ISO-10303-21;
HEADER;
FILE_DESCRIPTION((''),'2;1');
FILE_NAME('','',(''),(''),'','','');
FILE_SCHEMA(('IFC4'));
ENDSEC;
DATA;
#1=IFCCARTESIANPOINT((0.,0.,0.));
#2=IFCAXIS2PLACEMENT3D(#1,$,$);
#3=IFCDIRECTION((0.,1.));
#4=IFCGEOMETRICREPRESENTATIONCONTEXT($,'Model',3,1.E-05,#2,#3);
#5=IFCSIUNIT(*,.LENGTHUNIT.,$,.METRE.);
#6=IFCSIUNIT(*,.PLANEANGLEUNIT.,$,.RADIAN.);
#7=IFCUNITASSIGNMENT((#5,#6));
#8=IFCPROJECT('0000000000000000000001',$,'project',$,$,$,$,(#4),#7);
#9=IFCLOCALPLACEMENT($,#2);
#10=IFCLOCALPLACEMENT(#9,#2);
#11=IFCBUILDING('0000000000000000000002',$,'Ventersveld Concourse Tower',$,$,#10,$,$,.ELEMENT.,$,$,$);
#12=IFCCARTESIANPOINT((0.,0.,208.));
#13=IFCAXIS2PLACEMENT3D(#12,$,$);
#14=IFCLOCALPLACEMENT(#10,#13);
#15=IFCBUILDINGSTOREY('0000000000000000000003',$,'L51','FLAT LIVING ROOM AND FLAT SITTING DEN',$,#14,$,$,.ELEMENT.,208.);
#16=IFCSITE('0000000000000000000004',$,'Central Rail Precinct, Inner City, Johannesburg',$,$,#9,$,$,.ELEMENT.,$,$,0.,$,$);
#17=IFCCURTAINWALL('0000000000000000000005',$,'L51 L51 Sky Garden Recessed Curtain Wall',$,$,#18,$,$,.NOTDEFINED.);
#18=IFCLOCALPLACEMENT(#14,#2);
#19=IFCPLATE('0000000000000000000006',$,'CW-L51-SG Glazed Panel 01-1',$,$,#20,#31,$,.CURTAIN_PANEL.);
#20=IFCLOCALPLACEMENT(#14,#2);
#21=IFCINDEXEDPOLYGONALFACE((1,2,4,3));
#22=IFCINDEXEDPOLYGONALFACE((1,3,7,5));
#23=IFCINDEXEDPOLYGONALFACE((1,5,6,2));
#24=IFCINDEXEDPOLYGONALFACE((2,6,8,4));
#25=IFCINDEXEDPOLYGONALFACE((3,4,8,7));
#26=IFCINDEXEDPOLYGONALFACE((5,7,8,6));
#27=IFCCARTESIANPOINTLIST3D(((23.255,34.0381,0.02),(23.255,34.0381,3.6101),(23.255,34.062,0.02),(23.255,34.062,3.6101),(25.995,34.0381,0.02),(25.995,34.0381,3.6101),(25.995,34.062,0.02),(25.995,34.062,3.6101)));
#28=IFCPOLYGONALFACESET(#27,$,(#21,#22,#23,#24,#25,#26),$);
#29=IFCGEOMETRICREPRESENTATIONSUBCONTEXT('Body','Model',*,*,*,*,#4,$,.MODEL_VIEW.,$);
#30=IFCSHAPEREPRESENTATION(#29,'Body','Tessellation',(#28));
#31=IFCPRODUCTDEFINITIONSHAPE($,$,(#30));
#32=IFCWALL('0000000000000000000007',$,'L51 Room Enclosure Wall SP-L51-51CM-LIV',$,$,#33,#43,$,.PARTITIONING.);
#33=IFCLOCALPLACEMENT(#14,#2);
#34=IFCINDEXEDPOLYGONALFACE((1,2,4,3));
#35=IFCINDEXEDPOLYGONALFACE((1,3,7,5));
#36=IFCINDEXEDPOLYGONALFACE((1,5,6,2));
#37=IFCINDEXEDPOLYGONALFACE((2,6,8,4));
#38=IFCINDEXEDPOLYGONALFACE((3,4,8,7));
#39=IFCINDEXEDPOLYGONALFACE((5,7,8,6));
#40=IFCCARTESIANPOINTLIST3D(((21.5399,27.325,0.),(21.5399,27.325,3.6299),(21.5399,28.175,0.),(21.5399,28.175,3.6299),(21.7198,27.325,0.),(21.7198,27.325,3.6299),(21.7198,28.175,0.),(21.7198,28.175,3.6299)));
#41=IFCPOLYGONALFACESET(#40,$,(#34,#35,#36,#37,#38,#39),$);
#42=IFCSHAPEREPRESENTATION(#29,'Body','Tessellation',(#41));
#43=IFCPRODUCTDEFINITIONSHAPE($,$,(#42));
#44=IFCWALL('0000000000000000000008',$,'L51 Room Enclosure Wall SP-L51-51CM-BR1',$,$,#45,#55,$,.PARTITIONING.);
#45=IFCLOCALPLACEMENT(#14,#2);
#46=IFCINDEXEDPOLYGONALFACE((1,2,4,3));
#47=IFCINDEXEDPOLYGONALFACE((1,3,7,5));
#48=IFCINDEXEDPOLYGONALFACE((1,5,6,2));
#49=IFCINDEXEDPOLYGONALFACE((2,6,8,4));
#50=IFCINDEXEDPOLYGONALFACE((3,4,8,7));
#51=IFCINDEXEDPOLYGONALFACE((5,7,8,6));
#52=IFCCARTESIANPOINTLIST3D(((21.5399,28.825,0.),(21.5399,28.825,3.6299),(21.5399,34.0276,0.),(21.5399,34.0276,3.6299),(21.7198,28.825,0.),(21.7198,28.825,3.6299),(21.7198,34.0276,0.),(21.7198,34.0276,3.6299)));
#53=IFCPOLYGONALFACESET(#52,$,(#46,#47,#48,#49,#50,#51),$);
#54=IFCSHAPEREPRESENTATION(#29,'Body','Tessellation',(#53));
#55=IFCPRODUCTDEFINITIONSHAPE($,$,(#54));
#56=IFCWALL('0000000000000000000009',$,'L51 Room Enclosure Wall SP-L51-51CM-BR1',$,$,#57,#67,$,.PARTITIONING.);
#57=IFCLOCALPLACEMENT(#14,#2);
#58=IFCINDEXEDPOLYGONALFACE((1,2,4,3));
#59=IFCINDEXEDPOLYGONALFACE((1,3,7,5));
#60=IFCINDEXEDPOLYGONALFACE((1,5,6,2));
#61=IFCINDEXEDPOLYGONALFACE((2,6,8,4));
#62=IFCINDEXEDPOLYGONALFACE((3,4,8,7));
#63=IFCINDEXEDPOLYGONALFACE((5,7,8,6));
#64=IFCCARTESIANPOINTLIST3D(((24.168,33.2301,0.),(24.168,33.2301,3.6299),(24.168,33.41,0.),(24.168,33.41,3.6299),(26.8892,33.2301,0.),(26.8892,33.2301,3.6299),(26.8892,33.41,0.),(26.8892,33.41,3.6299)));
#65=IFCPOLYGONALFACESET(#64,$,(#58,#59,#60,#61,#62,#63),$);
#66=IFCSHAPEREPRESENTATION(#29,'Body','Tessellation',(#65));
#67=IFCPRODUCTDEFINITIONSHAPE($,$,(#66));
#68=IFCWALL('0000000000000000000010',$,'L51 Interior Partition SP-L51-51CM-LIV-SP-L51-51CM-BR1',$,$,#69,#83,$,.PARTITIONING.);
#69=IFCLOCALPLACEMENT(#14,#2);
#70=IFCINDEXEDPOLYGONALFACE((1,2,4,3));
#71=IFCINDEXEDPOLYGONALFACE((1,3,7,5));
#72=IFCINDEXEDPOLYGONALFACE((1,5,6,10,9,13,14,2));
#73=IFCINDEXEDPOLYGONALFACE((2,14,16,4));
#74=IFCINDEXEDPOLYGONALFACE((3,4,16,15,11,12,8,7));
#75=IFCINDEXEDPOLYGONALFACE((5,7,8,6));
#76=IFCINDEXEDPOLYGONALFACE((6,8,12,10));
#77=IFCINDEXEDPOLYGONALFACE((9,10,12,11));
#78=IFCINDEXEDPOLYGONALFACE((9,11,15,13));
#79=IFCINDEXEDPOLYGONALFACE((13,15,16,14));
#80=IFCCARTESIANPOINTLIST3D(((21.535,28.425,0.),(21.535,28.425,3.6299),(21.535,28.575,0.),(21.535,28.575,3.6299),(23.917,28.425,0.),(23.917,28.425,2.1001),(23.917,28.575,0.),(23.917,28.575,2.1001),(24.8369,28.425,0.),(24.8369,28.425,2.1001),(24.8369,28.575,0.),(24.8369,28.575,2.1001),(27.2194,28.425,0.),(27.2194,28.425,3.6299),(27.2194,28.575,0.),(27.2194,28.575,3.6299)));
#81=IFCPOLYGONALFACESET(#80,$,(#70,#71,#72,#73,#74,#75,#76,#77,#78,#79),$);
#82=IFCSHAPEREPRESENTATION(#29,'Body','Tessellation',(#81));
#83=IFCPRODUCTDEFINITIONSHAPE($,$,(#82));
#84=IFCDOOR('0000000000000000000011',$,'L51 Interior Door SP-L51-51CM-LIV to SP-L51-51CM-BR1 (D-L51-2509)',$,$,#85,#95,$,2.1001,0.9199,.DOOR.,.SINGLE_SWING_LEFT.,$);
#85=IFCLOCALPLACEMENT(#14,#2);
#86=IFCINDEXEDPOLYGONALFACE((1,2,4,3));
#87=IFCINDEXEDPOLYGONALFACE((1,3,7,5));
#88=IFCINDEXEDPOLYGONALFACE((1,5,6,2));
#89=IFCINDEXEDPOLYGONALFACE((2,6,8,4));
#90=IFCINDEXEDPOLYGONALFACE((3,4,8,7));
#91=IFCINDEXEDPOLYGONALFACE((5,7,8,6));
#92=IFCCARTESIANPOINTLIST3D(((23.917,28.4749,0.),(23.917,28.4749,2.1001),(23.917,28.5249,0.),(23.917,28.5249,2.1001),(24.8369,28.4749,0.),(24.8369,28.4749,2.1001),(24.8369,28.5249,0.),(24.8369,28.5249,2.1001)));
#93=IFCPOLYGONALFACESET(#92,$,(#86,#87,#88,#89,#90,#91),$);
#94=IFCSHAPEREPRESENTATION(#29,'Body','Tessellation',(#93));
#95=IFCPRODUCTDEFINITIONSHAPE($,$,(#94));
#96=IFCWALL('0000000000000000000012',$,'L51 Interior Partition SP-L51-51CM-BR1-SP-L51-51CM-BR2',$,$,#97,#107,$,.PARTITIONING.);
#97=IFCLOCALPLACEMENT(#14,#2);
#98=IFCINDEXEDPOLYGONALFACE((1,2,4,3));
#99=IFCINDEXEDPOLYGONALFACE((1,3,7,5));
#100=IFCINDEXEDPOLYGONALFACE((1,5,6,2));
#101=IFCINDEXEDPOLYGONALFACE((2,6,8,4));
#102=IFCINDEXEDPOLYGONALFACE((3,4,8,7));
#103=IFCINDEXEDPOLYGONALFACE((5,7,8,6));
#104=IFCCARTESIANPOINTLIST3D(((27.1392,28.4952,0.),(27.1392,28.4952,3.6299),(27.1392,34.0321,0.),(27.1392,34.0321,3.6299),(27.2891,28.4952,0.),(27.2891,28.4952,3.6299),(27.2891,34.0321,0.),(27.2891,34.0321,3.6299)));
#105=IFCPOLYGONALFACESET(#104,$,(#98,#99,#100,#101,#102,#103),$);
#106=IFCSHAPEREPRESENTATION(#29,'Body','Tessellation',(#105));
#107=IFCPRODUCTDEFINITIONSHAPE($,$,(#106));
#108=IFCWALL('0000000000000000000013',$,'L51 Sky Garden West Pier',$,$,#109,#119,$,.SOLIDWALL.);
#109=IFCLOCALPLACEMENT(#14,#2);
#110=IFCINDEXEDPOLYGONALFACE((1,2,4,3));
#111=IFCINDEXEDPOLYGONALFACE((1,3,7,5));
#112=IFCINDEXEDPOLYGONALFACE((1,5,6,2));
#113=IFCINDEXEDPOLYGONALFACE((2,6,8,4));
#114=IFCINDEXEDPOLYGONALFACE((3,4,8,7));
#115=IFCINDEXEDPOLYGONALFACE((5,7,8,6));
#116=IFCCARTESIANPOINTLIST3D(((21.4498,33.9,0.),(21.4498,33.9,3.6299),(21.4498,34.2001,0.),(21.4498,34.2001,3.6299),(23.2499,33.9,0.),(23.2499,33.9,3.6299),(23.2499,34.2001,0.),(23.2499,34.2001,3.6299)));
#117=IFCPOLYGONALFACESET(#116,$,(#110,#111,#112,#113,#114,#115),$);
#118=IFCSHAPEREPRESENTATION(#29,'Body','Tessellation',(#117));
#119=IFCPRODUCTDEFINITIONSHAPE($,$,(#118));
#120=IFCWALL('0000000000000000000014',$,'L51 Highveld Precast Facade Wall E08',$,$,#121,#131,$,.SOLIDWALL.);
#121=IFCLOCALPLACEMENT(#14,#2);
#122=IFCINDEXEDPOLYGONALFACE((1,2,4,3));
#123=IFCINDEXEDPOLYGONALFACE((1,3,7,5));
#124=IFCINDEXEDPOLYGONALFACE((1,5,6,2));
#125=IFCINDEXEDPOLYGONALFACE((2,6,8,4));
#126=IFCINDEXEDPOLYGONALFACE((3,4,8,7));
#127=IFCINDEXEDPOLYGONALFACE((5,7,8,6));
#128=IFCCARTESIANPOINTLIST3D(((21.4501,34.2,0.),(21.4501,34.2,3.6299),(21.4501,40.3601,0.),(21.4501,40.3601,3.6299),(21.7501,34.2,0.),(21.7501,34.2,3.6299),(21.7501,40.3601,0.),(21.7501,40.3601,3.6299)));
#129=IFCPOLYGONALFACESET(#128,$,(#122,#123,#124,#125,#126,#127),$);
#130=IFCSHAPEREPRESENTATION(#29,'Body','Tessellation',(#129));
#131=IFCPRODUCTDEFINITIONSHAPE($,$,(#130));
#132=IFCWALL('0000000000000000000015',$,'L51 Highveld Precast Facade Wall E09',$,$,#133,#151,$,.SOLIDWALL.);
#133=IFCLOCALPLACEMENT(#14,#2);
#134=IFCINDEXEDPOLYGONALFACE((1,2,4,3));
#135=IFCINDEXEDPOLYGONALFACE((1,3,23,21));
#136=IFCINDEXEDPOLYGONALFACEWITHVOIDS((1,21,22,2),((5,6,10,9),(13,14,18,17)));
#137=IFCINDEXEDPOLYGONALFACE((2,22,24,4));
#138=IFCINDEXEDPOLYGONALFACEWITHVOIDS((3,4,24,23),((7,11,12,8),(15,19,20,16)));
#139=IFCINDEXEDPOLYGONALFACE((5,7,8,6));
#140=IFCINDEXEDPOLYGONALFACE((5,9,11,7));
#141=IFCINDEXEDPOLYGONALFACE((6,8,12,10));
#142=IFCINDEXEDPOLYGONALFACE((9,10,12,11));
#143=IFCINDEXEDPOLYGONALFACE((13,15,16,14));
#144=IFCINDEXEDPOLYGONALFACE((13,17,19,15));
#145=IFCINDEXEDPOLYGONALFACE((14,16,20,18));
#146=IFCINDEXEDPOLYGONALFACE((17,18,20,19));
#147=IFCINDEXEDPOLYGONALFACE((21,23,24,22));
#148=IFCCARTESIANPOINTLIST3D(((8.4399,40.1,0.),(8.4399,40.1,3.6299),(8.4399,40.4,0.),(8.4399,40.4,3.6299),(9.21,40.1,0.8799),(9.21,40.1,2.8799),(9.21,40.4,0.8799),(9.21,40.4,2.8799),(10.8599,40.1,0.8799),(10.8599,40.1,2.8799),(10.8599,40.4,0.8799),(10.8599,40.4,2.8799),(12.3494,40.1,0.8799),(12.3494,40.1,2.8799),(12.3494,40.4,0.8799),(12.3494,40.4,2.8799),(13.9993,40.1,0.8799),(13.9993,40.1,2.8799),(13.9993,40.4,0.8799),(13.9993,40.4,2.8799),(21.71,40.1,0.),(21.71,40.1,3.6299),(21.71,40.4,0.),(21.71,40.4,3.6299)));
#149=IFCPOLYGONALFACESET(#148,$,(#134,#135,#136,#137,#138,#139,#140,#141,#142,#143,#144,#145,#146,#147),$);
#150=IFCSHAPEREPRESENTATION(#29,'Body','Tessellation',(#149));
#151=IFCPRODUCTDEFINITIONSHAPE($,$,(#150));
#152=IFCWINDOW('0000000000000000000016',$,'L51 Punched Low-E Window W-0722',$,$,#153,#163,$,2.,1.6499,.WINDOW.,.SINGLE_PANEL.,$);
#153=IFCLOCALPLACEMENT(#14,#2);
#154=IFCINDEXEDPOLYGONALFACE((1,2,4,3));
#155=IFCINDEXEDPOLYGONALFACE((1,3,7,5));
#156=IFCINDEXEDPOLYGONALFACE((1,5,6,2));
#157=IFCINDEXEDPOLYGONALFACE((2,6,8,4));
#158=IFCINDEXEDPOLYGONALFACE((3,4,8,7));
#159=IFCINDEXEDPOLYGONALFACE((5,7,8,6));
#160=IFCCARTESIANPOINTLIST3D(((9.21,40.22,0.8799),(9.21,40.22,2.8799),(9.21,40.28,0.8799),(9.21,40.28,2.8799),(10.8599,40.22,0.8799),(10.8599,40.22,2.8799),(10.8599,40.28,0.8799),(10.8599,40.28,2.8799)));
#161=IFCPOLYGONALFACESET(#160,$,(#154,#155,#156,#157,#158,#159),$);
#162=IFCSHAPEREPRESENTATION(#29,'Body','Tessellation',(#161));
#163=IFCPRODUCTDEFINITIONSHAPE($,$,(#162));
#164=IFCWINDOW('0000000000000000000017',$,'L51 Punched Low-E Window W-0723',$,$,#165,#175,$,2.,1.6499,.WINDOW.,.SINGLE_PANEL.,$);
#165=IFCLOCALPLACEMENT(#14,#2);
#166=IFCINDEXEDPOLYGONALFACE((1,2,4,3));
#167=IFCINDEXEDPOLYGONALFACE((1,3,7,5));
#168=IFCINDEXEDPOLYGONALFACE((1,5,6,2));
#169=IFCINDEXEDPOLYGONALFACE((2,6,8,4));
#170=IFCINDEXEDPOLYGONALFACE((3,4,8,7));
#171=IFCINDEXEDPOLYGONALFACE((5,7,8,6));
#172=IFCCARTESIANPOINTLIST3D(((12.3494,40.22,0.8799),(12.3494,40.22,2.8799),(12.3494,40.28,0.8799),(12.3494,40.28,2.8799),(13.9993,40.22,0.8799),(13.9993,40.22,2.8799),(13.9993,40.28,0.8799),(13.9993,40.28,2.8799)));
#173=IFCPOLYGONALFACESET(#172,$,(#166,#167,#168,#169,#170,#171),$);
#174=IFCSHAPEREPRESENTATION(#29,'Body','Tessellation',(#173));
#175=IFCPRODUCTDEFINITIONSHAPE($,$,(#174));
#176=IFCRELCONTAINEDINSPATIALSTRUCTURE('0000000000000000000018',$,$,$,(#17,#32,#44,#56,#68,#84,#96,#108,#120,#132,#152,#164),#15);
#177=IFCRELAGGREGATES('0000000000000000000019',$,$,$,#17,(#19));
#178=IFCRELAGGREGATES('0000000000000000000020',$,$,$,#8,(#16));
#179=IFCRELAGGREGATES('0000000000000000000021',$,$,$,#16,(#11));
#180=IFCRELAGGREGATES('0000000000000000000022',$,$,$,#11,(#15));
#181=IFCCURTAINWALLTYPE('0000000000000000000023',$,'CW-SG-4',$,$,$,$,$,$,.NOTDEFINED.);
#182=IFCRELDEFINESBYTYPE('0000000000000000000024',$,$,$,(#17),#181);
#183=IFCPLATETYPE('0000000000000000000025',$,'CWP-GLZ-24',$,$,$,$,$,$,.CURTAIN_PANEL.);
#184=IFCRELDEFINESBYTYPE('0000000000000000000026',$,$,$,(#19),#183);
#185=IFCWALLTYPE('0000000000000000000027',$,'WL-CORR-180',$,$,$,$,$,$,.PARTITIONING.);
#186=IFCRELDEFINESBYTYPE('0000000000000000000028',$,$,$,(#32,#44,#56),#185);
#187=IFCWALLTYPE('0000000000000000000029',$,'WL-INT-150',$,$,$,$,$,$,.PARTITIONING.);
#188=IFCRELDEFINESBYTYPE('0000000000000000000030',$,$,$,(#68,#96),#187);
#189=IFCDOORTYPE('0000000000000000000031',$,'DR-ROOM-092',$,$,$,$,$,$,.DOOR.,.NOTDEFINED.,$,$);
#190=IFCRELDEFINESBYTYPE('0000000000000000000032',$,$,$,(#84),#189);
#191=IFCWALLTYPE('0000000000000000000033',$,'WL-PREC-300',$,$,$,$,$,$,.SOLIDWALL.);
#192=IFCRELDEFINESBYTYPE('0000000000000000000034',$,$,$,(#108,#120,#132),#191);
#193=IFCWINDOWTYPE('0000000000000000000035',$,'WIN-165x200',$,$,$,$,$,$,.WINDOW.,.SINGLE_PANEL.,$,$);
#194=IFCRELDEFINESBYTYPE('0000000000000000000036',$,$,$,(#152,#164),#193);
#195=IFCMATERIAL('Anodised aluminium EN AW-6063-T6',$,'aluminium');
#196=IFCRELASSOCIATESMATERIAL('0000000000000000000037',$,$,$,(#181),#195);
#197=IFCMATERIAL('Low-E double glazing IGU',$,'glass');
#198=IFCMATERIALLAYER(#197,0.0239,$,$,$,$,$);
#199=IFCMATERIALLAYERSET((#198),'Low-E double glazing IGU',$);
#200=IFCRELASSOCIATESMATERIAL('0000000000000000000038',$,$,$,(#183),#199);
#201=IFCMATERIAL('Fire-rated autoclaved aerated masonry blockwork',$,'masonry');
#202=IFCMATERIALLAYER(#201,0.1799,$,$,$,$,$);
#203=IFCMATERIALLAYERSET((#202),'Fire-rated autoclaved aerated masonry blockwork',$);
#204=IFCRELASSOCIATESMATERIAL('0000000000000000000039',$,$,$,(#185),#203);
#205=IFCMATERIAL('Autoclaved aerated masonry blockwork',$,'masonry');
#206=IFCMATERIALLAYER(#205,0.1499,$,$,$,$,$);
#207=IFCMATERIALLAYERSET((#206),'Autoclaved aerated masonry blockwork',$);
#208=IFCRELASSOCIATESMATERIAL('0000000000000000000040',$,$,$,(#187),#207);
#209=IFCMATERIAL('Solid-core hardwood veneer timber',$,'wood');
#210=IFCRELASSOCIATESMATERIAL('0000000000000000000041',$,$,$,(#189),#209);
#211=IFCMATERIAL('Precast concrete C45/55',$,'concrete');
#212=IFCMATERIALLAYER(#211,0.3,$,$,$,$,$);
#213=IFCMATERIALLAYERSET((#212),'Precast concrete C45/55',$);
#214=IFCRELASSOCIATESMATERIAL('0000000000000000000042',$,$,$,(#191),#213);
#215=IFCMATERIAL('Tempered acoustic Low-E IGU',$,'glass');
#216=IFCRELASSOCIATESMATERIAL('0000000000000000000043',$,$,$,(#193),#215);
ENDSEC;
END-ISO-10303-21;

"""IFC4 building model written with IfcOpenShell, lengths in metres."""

from ifc_helpers import new_model, si_unit, direction, frame, frame_2d, origin, origin_2d, place, context, subcontext, project, spatial, rectangle, extrude, material, layer, layer_set, type_object, element, fill, aggregate, save


model = new_model("IFC4")

# Units and contexts
model_context = context("Model", 3, precision=1e-05, world=origin(), true_north=direction((0.0, 1.0)))
body_context = subcontext(model_context, "Body", "Model", "MODEL_VIEW")
ifc_project = project(units=[si_unit("LENGTHUNIT", "METRE"), si_unit("PLANEANGLEUNIT", "RADIAN")], contexts=[model_context])

# Site, building, storey
site_placement = place(None, origin())
site = spatial("IfcSite", under=ifc_project, at=site_placement, Name="Central Rail Precinct, Inner City, Johannesburg", CompositionType="ELEMENT", RefElevation=0.0)
building_placement = place(site_placement, origin())
building = spatial("IfcBuilding", under=site, at=building_placement, Name="Ventersveld Concourse Tower", CompositionType="ELEMENT")
storey_placement = place(building_placement, frame((0.0, 0.0, 208.0)))
storey = spatial("IfcBuildingStorey", under=building, at=storey_placement, Name="L51", Description="FLAT LIVING ROOM AND FLAT SITTING DEN", CompositionType="ELEMENT", Elevation=208.0)

# Curtain wall
ifc_material_1 = material(Name="Anodised aluminium EN AW-6063-T6", Category="aluminium")
curtain_wall_type = type_object("IfcCurtainWallType", Name="CW-SG-4", PredefinedType="NOTDEFINED", material=ifc_material_1)
curtain_wall_placement = place(storey_placement, origin())
curtain_wall = element("IfcCurtainWall", 1, at=curtain_wall_placement, inside=storey, type_object=curtain_wall_type, Name="L51 L51 Sky Garden Recessed Curtain Wall", PredefinedType="NOTDEFINED")

# Plate
ifc_material_2 = material(Name="Low-E double glazing IGU", Category="glass")
ifc_layer_1 = layer(ifc_material_2, 0.0239)
ifc_layer_set_1 = layer_set([ifc_layer_1], Name="Low-E double glazing IGU")
plate_type = type_object("IfcPlateType", Name="CWP-GLZ-24", PredefinedType="CURTAIN_PANEL", material=ifc_layer_set_1)
plate_placement = place(storey_placement, frame((24.625, 34.05, 0.02), z_axis=(0.0, 0.0, 1.0), x_axis=(1.0, 0.0, 0.0)))
plate = element("IfcPlate", 2, at=plate_placement, type_object=plate_type, Name="CW-L51-SG Glazed Panel 01-1", PredefinedType="CURTAIN_PANEL", context=body_context, shape_type="SweptSolid", body=[
    extrude(rectangle(XDim=2.74, YDim=0.0239, at=origin_2d()), origin(), (0.0, 0.0, 1.0), 3.5901),
])
aggregate(curtain_wall, [plate])

# Walls
ifc_material_3 = material(Name="Fire-rated autoclaved aerated masonry blockwork", Category="masonry")
ifc_layer_2 = layer(ifc_material_3, 0.1799)
ifc_layer_set_2 = layer_set([ifc_layer_2], Name="Fire-rated autoclaved aerated masonry blockwork")
wall_type_1 = type_object("IfcWallType", Name="WL-CORR-180", PredefinedType="PARTITIONING", material=ifc_layer_set_2)
wall_1_placement = place(storey_placement, frame((21.6299, 27.325, 0.0), z_axis=(0.0, 0.0, 1.0), x_axis=(0.0, 1.0, 0.0)))
element("IfcWall", 3, at=wall_1_placement, inside=storey, type_object=wall_type_1, Name="L51 Room Enclosure Wall SP-L51-51CM-LIV", PredefinedType="PARTITIONING", context=body_context, shape_type="SweptSolid", body=[
    extrude(rectangle(XDim=0.8501, YDim=0.1799, at=frame_2d((0.425, 0.0))), origin(), (0.0, 0.0, 1.0), 3.6299),
])
wall_2_placement = place(storey_placement, frame((21.6299, 28.825, 0.0), z_axis=(0.0, 0.0, 1.0), x_axis=(0.0, 1.0, 0.0)))
element("IfcWall", 4, at=wall_2_placement, inside=storey, type_object=wall_type_1, Name="L51 Room Enclosure Wall SP-L51-51CM-BR1", PredefinedType="PARTITIONING", context=body_context, shape_type="SweptSolid", body=[
    extrude(rectangle(XDim=5.2026, YDim=0.1799, at=frame_2d((2.6013, 0.0))), origin(), (0.0, 0.0, 1.0), 3.6299),
])
wall_3_placement = place(storey_placement, frame((24.168, 33.3201, 0.0), z_axis=(0.0, 0.0, 1.0), x_axis=(1.0, 0.0, 0.0)))
element("IfcWall", 5, at=wall_3_placement, inside=storey, type_object=wall_type_1, Name="L51 Room Enclosure Wall SP-L51-51CM-BR1", PredefinedType="PARTITIONING", context=body_context, shape_type="SweptSolid", body=[
    extrude(rectangle(XDim=2.7212, YDim=0.1799, at=frame_2d((1.3606, 0.0))), origin(), (0.0, 0.0, 1.0), 3.6299),
])

# Wall, opening, door
ifc_material_4 = material(Name="Autoclaved aerated masonry blockwork", Category="masonry")
ifc_layer_3 = layer(ifc_material_4, 0.1499)
ifc_layer_set_3 = layer_set([ifc_layer_3], Name="Autoclaved aerated masonry blockwork")
wall_type_2 = type_object("IfcWallType", Name="WL-INT-150", PredefinedType="PARTITIONING", material=ifc_layer_set_3)
wall_4_placement = place(storey_placement, frame((21.5349, 28.5, 0.0), z_axis=(0.0, 0.0, 1.0), x_axis=(1.0, 0.0, 0.0)))
wall_4 = element("IfcWall", 6, at=wall_4_placement, inside=storey, type_object=wall_type_2, Name="L51 Interior Partition SP-L51-51CM-LIV-SP-L51-51CM-BR1", PredefinedType="PARTITIONING", context=body_context, shape_type="SweptSolid", body=[
    extrude(rectangle(XDim=5.6843, YDim=0.1499, at=frame_2d((2.8423, 0.0))), origin(), (0.0, 0.0, 1.0), 3.6299),
])
opening_1_placement = place(wall_4_placement, frame((2.3821, 0.0, 0.0)))
opening_1 = element("IfcOpeningElement", 7, at=opening_1_placement, cuts=wall_4, PredefinedType="OPENING", context=body_context, shape_type="SweptSolid", body=[
    extrude(rectangle(XDim=0.9199, YDim=2.1001, at=frame_2d((0.46, 1.05))), frame((0.0, 0.085, 0.0), z_axis=(0.0, -1.0, 0.0), x_axis=(1.0, 0.0, 0.0)), (0.0, 0.0, 1.0), 0.1699),
])
ifc_material_5 = material(Name="Solid-core hardwood veneer timber", Category="wood")
door_type = type_object("IfcDoorType", Name="DR-ROOM-092", OperationType="NOTDEFINED", PredefinedType="DOOR", material=ifc_material_5)
door_placement = place(opening_1_placement, origin())
door = element("IfcDoor", 8, at=door_placement, inside=storey, type_object=door_type, Name="L51 Interior Door SP-L51-51CM-LIV to SP-L51-51CM-BR1 (D-L51-2509)", OperationType="SINGLE_SWING_LEFT", OverallHeight=2.1001, OverallWidth=0.9199, PredefinedType="DOOR", context=body_context, shape_type="SweptSolid", body=[
    extrude(rectangle(XDim=0.9199, YDim=2.1001, at=frame_2d((0.46, 1.05))), frame((0.0, 0.0249, 0.0), z_axis=(0.0, -1.0, 0.0), x_axis=(1.0, 0.0, 0.0)), (0.0, 0.0, 1.0), 0.05),
])
fill(opening_1, door)

# Walls
wall_5_placement = place(storey_placement, frame((27.2141, 28.4951, 0.0), z_axis=(0.0, 0.0, 1.0), x_axis=(0.0, 1.0, 0.0)))
element("IfcWall", 9, at=wall_5_placement, inside=storey, type_object=wall_type_2, Name="L51 Interior Partition SP-L51-51CM-BR1-SP-L51-51CM-BR2", PredefinedType="PARTITIONING", context=body_context, shape_type="SweptSolid", body=[
    extrude(rectangle(XDim=5.5369, YDim=0.1499, at=frame_2d((2.7686, 0.0))), origin(), (0.0, 0.0, 1.0), 3.6299),
])
ifc_material_6 = material(Name="Precast concrete C45/55", Category="concrete")
ifc_layer_4 = layer(ifc_material_6, 0.3)
ifc_layer_set_4 = layer_set([ifc_layer_4], Name="Precast concrete C45/55")
wall_type_3 = type_object("IfcWallType", Name="WL-PREC-300", PredefinedType="SOLIDWALL", material=ifc_layer_set_4)
wall_6_placement = place(storey_placement, frame((21.45, 34.05, 0.0), z_axis=(0.0, 0.0, 1.0), x_axis=(1.0, 0.0, 0.0)))
element("IfcWall", 10, at=wall_6_placement, inside=storey, type_object=wall_type_3, Name="L51 Sky Garden West Pier", PredefinedType="SOLIDWALL", context=body_context, shape_type="SweptSolid", body=[
    extrude(rectangle(XDim=1.8, YDim=0.3, at=frame_2d((0.8999, 0.0))), origin(), (0.0, 0.0, 1.0), 3.6299),
])
wall_7_placement = place(storey_placement, frame((21.6001, 34.2, 0.0), z_axis=(0.0, 0.0, 1.0), x_axis=(0.0, 1.0, 0.0)))
element("IfcWall", 11, at=wall_7_placement, inside=storey, type_object=wall_type_3, Name="L51 Highveld Precast Facade Wall E08", PredefinedType="SOLIDWALL", context=body_context, shape_type="SweptSolid", body=[
    extrude(rectangle(XDim=6.1602, YDim=0.3, at=frame_2d((3.0801, 0.0))), origin(), (0.0, 0.0, 1.0), 3.6299),
])

# Wall, openings, windows
wall_8_placement = place(storey_placement, frame((21.71, 40.25, 0.0), z_axis=(0.0, 0.0, 1.0), x_axis=(-1.0, 0.0, 0.0)))
wall_8 = element("IfcWall", 12, at=wall_8_placement, inside=storey, type_object=wall_type_3, Name="L51 Highveld Precast Facade Wall E09", PredefinedType="SOLIDWALL", context=body_context, shape_type="SweptSolid", body=[
    extrude(rectangle(XDim=13.27, YDim=0.3, at=frame_2d((6.635, 0.0))), origin(), (0.0, 0.0, 1.0), 3.6299),
])
opening_2_placement = place(wall_8_placement, frame((10.8501, 0.0, 0.8799)))
opening_2 = element("IfcOpeningElement", 13, at=opening_2_placement, cuts=wall_8, PredefinedType="OPENING", context=body_context, shape_type="SweptSolid", body=[
    extrude(rectangle(XDim=1.6499, YDim=2.0, at=frame_2d((0.825, 1.0))), frame((0.0, 0.1602, 0.0), z_axis=(0.0, -1.0, 0.0), x_axis=(1.0, 0.0, 0.0)), (0.0, 0.0, 1.0), 0.3201),
])
opening_3_placement = place(wall_8_placement, frame((7.7107, 0.0, 0.8799)))
opening_3 = element("IfcOpeningElement", 14, at=opening_3_placement, cuts=wall_8, PredefinedType="OPENING", context=body_context, shape_type="SweptSolid", body=[
    extrude(rectangle(XDim=1.6499, YDim=2.0, at=frame_2d((0.825, 1.0))), frame((0.0, 0.1602, 0.0), z_axis=(0.0, -1.0, 0.0), x_axis=(1.0, 0.0, 0.0)), (0.0, 0.0, 1.0), 0.3201),
])
ifc_material_7 = material(Name="Tempered acoustic Low-E IGU", Category="glass")
window_type = type_object("IfcWindowType", Name="WIN-165x200", PartitioningType="SINGLE_PANEL", PredefinedType="WINDOW", material=ifc_material_7)
window_1_placement = place(opening_2_placement, origin())
window_1 = element("IfcWindow", 15, at=window_1_placement, inside=storey, type_object=window_type, Name="L51 Punched Low-E Window W-0722", OverallHeight=2.0, OverallWidth=1.6499, PartitioningType="SINGLE_PANEL", PredefinedType="WINDOW", context=body_context, shape_type="SweptSolid", body=[
    extrude(rectangle(XDim=1.6499, YDim=2.0, at=frame_2d((0.825, 1.0))), frame((0.0, 0.03, 0.0), z_axis=(0.0, -1.0, 0.0), x_axis=(1.0, 0.0, 0.0)), (0.0, 0.0, 1.0), 0.0601),
])
fill(opening_2, window_1)
window_2_placement = place(opening_3_placement, origin())
window_2 = element("IfcWindow", 16, at=window_2_placement, inside=storey, type_object=window_type, Name="L51 Punched Low-E Window W-0723", OverallHeight=2.0, OverallWidth=1.6499, PartitioningType="SINGLE_PANEL", PredefinedType="WINDOW", context=body_context, shape_type="SweptSolid", body=[
    extrude(rectangle(XDim=1.6499, YDim=2.0, at=frame_2d((0.825, 1.0))), frame((0.0, 0.03, 0.0), z_axis=(0.0, -1.0, 0.0), x_axis=(1.0, 0.0, 0.0)), (0.0, 0.0, 1.0), 0.0601),
])
fill(opening_3, window_2)

save(model, "model.ifc")
